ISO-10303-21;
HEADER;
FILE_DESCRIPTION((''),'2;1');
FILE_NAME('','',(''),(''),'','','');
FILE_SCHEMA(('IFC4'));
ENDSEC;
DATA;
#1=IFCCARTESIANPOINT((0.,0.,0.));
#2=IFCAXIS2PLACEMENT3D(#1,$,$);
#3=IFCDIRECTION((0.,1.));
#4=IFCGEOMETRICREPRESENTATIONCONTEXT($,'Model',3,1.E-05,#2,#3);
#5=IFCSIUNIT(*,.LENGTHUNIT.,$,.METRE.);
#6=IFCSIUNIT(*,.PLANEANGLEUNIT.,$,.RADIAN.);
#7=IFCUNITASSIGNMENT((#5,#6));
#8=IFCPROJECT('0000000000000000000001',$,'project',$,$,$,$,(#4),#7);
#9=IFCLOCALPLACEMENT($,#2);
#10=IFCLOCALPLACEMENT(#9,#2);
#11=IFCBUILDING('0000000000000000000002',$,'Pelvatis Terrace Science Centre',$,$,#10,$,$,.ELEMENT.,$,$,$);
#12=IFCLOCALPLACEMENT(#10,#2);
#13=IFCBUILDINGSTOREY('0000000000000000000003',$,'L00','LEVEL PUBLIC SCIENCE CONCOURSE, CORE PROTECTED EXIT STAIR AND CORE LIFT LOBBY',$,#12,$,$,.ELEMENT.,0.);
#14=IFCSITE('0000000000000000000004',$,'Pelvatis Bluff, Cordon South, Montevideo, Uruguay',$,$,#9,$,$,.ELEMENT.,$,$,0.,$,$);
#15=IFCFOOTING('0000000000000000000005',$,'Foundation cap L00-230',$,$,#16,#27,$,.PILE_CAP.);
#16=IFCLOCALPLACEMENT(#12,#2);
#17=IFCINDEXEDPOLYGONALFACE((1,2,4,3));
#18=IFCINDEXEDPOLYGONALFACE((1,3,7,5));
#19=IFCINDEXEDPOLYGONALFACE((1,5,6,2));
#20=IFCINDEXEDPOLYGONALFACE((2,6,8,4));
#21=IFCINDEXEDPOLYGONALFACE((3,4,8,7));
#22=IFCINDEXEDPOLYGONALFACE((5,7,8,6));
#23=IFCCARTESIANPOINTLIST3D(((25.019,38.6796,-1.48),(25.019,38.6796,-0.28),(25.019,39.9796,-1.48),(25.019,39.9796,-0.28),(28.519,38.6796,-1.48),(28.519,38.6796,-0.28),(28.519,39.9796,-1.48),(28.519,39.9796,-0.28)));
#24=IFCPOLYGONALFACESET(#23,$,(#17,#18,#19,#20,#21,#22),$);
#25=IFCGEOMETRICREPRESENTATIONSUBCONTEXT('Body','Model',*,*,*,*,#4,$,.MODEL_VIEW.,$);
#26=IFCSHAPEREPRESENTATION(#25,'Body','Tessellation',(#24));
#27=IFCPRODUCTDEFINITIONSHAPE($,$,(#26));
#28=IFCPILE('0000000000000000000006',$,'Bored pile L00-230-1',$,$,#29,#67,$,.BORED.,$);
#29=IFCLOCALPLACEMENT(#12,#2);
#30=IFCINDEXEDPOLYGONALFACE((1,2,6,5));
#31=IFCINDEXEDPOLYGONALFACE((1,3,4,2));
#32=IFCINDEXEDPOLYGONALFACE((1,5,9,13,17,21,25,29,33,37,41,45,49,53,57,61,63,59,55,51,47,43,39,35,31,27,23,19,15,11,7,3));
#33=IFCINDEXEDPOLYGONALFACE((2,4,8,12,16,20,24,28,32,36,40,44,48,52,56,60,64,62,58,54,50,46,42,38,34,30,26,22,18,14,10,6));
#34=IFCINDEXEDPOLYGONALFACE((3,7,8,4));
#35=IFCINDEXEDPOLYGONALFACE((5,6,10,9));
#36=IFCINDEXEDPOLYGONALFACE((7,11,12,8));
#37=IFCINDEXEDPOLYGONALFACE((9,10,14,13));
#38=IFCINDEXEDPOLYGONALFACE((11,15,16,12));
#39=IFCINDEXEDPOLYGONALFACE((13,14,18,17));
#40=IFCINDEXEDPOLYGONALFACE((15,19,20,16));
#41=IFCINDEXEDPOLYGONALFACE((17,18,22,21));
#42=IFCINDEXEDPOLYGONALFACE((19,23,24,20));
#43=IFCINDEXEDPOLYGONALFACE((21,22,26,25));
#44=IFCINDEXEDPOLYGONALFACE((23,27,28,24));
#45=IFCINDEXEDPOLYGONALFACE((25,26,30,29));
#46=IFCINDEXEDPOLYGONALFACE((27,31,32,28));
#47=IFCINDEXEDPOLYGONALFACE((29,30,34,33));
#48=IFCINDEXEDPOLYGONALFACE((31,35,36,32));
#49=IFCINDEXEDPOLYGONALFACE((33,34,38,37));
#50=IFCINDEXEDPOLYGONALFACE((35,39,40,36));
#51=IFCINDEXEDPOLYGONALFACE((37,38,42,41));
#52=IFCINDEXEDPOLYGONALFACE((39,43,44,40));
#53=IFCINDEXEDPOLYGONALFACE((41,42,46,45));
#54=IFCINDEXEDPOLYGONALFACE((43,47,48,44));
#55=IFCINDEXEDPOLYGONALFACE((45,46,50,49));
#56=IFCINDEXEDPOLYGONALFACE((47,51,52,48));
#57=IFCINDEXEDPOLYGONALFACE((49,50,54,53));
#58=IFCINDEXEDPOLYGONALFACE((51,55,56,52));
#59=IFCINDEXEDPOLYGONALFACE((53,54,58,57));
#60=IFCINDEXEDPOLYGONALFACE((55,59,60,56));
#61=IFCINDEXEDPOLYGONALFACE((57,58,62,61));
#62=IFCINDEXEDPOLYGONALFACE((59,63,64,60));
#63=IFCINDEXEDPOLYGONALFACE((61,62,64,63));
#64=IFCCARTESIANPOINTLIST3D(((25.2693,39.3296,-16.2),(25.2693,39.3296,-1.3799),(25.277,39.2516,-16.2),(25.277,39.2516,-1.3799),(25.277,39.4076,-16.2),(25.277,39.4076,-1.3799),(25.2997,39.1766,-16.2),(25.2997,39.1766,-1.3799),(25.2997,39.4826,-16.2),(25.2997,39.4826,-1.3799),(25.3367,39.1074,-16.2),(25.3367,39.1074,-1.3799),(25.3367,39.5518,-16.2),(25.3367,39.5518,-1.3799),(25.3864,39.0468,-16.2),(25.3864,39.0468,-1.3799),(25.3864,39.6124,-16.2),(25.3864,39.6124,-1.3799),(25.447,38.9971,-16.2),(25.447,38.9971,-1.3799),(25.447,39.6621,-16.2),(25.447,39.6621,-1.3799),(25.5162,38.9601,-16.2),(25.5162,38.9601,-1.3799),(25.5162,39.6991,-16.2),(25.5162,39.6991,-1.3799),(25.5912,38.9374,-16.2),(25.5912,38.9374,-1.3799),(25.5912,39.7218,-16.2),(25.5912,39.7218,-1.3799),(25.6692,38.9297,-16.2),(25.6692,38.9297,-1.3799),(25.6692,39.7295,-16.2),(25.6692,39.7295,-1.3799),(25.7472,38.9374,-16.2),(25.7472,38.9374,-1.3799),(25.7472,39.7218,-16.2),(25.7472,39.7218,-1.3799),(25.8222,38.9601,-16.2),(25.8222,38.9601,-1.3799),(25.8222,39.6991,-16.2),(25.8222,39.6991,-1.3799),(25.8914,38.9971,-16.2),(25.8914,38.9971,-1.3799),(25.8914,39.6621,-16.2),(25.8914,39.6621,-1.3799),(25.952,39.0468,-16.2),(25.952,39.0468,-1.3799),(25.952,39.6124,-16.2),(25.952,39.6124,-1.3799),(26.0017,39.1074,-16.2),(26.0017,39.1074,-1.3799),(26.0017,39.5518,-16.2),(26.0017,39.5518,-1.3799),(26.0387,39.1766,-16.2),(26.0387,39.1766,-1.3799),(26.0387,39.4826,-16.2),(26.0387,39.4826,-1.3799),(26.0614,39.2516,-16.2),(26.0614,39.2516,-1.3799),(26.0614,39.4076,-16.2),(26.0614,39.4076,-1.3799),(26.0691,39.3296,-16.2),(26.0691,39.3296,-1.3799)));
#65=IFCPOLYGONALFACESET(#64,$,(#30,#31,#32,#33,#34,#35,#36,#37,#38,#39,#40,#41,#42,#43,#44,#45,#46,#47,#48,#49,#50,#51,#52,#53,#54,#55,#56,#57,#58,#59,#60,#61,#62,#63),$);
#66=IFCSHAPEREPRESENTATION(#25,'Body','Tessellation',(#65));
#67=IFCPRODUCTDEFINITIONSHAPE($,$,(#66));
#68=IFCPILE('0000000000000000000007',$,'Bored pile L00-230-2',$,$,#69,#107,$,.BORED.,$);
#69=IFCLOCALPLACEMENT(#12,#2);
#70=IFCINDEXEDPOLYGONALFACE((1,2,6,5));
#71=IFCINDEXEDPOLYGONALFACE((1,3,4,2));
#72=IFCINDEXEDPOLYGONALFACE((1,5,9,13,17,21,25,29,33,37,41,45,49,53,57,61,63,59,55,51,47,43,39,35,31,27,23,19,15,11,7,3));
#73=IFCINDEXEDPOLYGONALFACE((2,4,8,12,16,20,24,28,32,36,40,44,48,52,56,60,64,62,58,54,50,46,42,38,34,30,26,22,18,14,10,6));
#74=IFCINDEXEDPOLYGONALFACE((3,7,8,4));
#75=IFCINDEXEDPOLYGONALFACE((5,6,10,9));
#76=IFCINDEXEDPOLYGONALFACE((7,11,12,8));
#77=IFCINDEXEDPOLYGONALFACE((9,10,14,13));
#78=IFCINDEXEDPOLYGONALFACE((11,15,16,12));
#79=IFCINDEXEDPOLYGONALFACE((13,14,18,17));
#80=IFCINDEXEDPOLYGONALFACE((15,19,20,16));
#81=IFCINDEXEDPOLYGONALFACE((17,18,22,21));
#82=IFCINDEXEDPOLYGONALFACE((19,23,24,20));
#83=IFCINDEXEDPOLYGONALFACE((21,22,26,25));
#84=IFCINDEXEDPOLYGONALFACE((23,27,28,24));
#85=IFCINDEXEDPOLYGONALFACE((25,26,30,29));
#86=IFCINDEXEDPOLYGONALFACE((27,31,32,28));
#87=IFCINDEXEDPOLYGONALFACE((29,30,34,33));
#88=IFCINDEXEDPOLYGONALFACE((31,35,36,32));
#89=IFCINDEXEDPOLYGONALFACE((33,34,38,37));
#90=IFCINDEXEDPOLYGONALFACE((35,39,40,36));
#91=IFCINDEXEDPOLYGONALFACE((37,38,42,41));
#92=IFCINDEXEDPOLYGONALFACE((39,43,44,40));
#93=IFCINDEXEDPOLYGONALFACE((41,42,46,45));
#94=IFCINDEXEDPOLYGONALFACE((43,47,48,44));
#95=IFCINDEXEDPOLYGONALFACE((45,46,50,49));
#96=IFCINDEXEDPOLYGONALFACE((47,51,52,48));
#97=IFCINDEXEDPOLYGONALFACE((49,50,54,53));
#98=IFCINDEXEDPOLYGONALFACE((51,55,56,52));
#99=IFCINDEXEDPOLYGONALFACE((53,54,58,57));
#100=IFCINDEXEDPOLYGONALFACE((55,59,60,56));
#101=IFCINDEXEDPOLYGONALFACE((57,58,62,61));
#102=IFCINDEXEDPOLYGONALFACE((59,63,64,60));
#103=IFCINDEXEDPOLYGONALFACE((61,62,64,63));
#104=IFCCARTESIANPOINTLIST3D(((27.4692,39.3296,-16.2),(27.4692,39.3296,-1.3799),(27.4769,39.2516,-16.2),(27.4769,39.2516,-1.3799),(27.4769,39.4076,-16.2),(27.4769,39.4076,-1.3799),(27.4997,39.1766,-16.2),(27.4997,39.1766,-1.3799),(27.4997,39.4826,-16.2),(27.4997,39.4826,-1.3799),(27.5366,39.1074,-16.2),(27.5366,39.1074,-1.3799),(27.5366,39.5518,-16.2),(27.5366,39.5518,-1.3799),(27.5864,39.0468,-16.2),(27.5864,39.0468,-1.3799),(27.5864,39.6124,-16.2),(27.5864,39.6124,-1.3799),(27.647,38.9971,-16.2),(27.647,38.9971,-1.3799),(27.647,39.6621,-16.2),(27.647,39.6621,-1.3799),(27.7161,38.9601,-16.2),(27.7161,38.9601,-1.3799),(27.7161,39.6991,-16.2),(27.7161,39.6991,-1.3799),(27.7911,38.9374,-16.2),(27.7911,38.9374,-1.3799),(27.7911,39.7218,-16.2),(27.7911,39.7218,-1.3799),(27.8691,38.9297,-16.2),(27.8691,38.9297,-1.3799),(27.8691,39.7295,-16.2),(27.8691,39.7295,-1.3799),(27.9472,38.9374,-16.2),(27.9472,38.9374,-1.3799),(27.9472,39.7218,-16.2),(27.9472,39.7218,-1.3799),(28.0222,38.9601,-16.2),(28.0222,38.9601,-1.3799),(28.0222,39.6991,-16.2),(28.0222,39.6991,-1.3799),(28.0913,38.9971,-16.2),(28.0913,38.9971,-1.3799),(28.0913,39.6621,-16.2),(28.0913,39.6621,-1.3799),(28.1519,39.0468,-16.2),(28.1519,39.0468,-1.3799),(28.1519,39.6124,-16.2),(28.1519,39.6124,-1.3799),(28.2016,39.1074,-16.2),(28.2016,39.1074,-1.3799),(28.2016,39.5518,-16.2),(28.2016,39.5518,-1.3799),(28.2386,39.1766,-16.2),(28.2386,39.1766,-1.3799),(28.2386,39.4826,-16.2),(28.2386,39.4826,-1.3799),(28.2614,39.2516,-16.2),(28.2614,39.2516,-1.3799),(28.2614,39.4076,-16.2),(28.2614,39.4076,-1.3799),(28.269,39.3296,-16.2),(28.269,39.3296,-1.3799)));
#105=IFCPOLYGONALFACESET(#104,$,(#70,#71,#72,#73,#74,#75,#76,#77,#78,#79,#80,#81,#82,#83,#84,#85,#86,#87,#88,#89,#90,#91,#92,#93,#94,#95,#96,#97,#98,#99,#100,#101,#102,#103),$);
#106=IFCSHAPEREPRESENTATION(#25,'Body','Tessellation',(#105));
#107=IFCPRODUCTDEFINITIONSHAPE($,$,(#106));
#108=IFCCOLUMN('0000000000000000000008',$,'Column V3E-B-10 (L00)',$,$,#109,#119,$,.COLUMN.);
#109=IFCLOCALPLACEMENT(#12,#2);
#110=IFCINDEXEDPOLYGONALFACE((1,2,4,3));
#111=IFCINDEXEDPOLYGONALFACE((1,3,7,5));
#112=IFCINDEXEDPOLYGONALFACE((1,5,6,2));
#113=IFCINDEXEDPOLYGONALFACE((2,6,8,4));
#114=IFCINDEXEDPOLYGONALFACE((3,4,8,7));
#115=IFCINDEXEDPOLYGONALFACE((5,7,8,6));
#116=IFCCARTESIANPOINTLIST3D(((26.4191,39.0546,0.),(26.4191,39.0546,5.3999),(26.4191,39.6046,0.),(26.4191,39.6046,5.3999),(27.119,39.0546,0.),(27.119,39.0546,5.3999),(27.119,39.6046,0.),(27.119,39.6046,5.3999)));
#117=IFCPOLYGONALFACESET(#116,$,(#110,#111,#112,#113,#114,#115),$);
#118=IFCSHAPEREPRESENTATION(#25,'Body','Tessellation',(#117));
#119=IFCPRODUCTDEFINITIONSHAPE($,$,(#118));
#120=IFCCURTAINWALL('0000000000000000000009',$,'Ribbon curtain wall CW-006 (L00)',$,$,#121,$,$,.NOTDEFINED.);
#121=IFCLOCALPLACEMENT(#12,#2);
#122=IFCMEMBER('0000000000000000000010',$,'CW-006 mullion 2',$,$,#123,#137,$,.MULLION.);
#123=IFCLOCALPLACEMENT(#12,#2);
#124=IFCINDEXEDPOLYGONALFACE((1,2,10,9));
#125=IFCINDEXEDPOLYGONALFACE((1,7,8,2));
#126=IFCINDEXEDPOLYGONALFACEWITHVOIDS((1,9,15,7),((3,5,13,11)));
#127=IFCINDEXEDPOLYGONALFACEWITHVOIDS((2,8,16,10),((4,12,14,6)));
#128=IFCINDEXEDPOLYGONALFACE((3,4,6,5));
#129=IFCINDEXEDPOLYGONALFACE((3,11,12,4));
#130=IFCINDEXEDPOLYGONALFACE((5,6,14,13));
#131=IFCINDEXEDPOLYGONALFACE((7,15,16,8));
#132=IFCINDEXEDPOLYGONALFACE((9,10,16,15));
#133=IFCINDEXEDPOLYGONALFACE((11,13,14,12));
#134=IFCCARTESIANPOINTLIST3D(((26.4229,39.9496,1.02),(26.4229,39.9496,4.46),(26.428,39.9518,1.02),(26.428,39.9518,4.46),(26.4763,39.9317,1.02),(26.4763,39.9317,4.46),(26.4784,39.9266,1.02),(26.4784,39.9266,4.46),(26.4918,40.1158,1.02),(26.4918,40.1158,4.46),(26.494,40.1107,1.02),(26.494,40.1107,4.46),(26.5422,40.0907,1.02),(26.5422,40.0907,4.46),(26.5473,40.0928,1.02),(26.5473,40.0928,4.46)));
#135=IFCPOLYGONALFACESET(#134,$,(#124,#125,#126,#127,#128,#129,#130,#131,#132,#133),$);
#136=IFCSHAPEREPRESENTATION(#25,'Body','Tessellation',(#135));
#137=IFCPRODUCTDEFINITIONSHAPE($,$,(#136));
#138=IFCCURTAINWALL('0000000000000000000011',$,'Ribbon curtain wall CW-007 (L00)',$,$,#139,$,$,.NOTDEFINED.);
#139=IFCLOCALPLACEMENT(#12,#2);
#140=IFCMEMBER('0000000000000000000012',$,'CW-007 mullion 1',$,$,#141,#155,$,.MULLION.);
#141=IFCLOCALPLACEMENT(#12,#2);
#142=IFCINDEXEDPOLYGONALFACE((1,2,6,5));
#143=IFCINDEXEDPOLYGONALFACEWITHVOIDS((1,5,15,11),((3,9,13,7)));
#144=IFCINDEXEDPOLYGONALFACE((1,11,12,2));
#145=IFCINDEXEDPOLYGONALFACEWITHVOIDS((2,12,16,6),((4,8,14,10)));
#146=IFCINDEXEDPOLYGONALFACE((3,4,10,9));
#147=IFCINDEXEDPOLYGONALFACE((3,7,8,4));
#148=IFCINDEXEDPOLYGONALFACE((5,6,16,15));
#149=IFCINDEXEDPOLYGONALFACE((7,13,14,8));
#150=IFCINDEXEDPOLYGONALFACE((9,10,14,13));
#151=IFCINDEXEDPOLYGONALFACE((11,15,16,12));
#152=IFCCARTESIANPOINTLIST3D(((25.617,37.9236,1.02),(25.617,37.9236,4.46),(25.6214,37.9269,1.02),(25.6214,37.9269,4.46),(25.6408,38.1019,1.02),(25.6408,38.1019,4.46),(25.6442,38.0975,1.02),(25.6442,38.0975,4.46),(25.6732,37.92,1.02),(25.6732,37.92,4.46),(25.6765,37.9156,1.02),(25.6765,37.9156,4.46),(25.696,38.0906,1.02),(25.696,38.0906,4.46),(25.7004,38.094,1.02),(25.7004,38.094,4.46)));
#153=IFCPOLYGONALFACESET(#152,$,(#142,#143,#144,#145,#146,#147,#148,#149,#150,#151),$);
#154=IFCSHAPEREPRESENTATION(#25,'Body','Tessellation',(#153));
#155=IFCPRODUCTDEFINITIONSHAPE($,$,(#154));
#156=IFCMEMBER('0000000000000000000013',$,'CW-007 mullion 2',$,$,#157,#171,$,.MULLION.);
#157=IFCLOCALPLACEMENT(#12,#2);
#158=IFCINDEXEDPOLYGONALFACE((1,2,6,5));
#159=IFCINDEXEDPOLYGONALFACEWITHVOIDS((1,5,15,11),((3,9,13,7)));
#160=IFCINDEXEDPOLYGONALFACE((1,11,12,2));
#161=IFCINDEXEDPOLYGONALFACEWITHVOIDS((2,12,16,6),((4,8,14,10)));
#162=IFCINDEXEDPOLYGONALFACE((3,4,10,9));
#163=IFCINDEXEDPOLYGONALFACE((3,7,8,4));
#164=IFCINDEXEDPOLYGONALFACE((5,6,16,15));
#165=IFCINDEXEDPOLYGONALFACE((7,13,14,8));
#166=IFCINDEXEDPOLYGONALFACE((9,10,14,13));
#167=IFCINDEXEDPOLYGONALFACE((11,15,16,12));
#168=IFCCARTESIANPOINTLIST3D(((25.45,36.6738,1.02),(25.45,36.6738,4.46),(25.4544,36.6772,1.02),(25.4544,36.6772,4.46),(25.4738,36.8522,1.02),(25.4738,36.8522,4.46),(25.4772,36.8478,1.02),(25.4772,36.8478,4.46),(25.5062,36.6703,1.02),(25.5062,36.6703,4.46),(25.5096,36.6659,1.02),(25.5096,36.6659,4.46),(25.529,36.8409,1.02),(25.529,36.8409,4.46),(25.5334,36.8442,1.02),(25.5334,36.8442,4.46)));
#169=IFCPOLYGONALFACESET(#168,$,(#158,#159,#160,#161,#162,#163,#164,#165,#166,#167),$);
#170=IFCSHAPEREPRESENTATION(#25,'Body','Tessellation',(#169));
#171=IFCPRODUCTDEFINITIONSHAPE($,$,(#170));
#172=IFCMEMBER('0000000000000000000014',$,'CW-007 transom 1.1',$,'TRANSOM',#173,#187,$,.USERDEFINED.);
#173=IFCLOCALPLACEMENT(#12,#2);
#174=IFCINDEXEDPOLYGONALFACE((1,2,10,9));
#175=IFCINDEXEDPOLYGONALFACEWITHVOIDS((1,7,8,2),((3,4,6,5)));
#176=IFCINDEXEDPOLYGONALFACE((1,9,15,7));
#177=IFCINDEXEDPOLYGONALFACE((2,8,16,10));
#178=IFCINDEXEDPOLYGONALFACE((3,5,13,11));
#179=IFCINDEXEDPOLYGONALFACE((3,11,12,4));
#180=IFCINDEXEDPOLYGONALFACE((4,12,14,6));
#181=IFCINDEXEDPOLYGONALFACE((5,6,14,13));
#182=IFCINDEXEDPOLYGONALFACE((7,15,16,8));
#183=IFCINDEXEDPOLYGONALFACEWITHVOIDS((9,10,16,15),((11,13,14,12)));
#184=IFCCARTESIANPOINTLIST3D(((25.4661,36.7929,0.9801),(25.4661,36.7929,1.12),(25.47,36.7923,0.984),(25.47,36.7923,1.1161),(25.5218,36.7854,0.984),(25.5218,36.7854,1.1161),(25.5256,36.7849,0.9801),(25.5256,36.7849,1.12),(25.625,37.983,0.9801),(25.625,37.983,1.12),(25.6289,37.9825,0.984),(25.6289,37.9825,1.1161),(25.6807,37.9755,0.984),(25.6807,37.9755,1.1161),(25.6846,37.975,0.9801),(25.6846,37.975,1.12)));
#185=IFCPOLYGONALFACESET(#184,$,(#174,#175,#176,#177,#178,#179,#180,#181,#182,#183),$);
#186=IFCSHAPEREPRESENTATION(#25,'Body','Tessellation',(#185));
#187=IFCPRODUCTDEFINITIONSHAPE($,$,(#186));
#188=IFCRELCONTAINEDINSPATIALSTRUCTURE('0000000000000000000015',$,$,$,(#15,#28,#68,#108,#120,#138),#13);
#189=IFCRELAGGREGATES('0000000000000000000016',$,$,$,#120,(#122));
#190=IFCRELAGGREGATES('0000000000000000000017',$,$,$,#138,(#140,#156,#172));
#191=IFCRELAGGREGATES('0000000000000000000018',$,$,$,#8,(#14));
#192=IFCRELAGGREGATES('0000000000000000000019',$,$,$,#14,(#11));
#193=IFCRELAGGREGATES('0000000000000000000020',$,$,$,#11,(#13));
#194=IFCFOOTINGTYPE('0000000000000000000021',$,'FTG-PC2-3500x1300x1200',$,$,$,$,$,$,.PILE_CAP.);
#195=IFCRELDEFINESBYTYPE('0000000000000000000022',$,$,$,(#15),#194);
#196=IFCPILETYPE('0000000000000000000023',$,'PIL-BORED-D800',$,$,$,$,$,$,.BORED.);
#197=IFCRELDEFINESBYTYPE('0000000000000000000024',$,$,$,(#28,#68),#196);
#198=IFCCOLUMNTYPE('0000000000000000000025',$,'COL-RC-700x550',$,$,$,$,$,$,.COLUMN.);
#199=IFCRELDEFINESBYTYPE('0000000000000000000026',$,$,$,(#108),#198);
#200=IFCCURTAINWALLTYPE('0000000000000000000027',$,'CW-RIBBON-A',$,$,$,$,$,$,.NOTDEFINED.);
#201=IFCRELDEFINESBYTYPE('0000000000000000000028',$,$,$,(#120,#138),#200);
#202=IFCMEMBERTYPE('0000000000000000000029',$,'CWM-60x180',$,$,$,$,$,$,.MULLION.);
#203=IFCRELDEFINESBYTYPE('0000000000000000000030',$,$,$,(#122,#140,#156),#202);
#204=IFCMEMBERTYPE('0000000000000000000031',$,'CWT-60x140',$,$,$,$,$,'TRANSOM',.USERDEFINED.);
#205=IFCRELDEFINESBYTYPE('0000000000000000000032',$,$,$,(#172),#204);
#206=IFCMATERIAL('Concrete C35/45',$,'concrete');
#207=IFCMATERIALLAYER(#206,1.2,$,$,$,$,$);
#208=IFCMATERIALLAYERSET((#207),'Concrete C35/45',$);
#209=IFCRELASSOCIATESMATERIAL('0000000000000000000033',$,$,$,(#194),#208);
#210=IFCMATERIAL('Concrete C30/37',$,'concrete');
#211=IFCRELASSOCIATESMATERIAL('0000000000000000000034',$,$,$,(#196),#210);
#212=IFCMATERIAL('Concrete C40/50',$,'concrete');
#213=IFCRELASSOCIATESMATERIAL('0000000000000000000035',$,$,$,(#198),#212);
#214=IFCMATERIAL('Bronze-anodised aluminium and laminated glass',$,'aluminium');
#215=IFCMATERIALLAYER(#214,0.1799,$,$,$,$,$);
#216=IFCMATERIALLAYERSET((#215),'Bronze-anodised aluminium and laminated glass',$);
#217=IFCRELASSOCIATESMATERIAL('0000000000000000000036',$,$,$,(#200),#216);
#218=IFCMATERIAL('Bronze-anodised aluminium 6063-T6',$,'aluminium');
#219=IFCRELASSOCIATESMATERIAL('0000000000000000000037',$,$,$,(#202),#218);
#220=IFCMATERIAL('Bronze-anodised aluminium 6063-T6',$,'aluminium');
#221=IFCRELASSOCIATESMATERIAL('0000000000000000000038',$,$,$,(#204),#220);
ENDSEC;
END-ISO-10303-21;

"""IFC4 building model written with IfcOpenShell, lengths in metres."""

from ifc_helpers import new_model, si_unit, direction, frame, origin, origin_2d, place, context, subcontext, project, spatial, rectangle, hollow_rectangle, circle, extrude, material, layer, layer_set, material_profile, profile_set, type_object, element, aggregate, save


model = new_model("IFC4")

# Units and contexts
model_context = context("Model", 3, precision=1e-05, world=origin(), true_north=direction((0.0, 1.0)))
body_context = subcontext(model_context, "Body", "Model", "MODEL_VIEW")
ifc_project = project(units=[si_unit("LENGTHUNIT", "METRE"), si_unit("PLANEANGLEUNIT", "RADIAN")], contexts=[model_context])

# Site, building, storey
site_placement = place(None, origin())
site = spatial("IfcSite", under=ifc_project, at=site_placement, Name="Pelvatis Bluff, Cordon South, Montevideo, Uruguay", CompositionType="ELEMENT", RefElevation=0.0)
building_placement = place(site_placement, origin())
building = spatial("IfcBuilding", under=site, at=building_placement, Name="Pelvatis Terrace Science Centre", CompositionType="ELEMENT")
storey_placement = place(building_placement, origin())
storey = spatial("IfcBuildingStorey", under=building, at=storey_placement, Name="L00", Description="LEVEL PUBLIC SCIENCE CONCOURSE, CORE PROTECTED EXIT STAIR AND CORE LIFT LOBBY", CompositionType="ELEMENT", Elevation=0.0)

# Footing
ifc_material_1 = material(Name="Concrete C35/45", Category="concrete")
ifc_layer_1 = layer(ifc_material_1, 1.2)
ifc_layer_set_1 = layer_set([ifc_layer_1], Name="Concrete C35/45")
footing_type = type_object("IfcFootingType", Name="FTG-PC2-3500x1300x1200", PredefinedType="PILE_CAP", material=ifc_layer_set_1)
footing_placement = place(storey_placement, frame((26.769, 39.3296, -1.48), z_axis=(0.0, 0.0, 1.0), x_axis=(1.0, 0.0, 0.0)))
element("IfcFooting", 1, at=footing_placement, inside=storey, type_object=footing_type, Name="Foundation cap L00-230", PredefinedType="PILE_CAP", context=body_context, shape_type="SweptSolid", body=[
    extrude(rectangle(XDim=3.5, YDim=1.3, at=origin_2d()), origin(), (0.0, 0.0, 1.0), 1.2),
])

# Piles
ifc_material_2 = material(Name="Concrete C30/37", Category="concrete")
ifc_material_profile_1 = material_profile(ifc_material_2, circle(Radius=0.3999, at=origin_2d()), Name="PILE D800")
ifc_profile_set_1 = profile_set([ifc_material_profile_1], Name="Concrete C30/37")
pile_type = type_object("IfcPileType", Name="PIL-BORED-D800", PredefinedType="BORED", material=ifc_profile_set_1)
for number, where, z_axis, x_axis, name in (
    (2, (25.6692, 39.3296, -1.3799), (0.0, 0.0, -1.0), (1.0, 0.0, 0.0), "Bored pile L00-230-1"),
    (3, (27.8691, 39.3296, -1.3799), (0.0, 0.0, -1.0), (1.0, 0.0, 0.0), "Bored pile L00-230-2"),
):
    element("IfcPile", number, at=place(storey_placement, frame(where, z_axis=z_axis, x_axis=x_axis)), inside=storey, type_object=pile_type, Name=name, PredefinedType="BORED", context=body_context, shape_type="SweptSolid", body=[
        extrude(circle(Radius=0.3999, at=origin_2d()), origin(), (0.0, 0.0, 1.0), 14.8201),
    ])

# Column
ifc_material_3 = material(Name="Concrete C40/50", Category="concrete")
ifc_material_profile_2 = material_profile(ifc_material_3, rectangle(XDim=0.7, YDim=0.55, at=origin_2d()), Name="RC-COL 700x550")
ifc_profile_set_2 = profile_set([ifc_material_profile_2], Name="Concrete C40/50")
column_type = type_object("IfcColumnType", Name="COL-RC-700x550", PredefinedType="COLUMN", material=ifc_profile_set_2)
column_placement = place(storey_placement, frame((26.769, 39.3296, 0.0), z_axis=(0.0, 0.0, 1.0), x_axis=(1.0, 0.0, 0.0)))
element("IfcColumn", 4, at=column_placement, inside=storey, type_object=column_type, Name="Column V3E-B-10 (L00)", PredefinedType="COLUMN", context=body_context, shape_type="SweptSolid", body=[
    extrude(rectangle(XDim=0.7, YDim=0.55, at=origin_2d()), origin(), (0.0, 0.0, 1.0), 5.3999),
])

# Curtain wall, member
ifc_material_4 = material(Name="Bronze-anodised aluminium and laminated glass", Category="aluminium")
ifc_layer_2 = layer(ifc_material_4, 0.1799)
ifc_layer_set_2 = layer_set([ifc_layer_2], Name="Bronze-anodised aluminium and laminated glass")
curtain_wall_type = type_object("IfcCurtainWallType", Name="CW-RIBBON-A", PredefinedType="NOTDEFINED", material=ifc_layer_set_2)
curtain_wall_1_placement = place(storey_placement, origin())
curtain_wall_1 = element("IfcCurtainWall", 5, at=curtain_wall_1_placement, inside=storey, type_object=curtain_wall_type, Name="Ribbon curtain wall CW-006 (L00)", PredefinedType="NOTDEFINED")
ifc_material_5 = material(Name="Bronze-anodised aluminium 6063-T6", Category="aluminium")
ifc_material_profile_3 = material_profile(ifc_material_5, hollow_rectangle(XDim=0.0601, YDim=0.1799, WallThickness=0.0039, at=origin_2d()), Name="ALU-MUL 60x180")
ifc_profile_set_3 = profile_set([ifc_material_profile_3], Name="Bronze-anodised aluminium 6063-T6")
member_type_1 = type_object("IfcMemberType", Name="CWM-60x180", PredefinedType="MULLION", material=ifc_profile_set_3)
member_1_placement = place(storey_placement, frame((26.4851, 40.0212, 1.02), z_axis=(0.0, 0.0, 1.0), x_axis=(0.923674, -0.38318, 0.0)))
member_1 = element("IfcMember", 6, at=member_1_placement, type_object=member_type_1, Name="CW-006 mullion 2", PredefinedType="MULLION", context=body_context, shape_type="SweptSolid", body=[
    extrude(hollow_rectangle(XDim=0.0601, YDim=0.1799, WallThickness=0.0039, at=origin_2d()), origin(), (0.0, 0.0, 1.0), 3.4399),
])

# Curtain wall, members
curtain_wall_2_placement = place(storey_placement, origin())
curtain_wall_2 = element("IfcCurtainWall", 7, at=curtain_wall_2_placement, inside=storey, type_object=curtain_wall_type, Name="Ribbon curtain wall CW-007 (L00)", PredefinedType="NOTDEFINED")
member_2_placement = place(storey_placement, frame((25.6587, 38.0088, 1.02), z_axis=(0.0, 0.0, 1.0), x_axis=(0.991197, -0.132392, 0.0)))
member_2 = element("IfcMember", 8, at=member_2_placement, type_object=member_type_1, Name="CW-007 mullion 1", PredefinedType="MULLION", context=body_context, shape_type="SweptSolid", body=[
    extrude(hollow_rectangle(XDim=0.0601, YDim=0.1799, WallThickness=0.0039, at=origin_2d()), origin(), (0.0, 0.0, 1.0), 3.4399),
])
member_3_placement = place(storey_placement, frame((25.4917, 36.759, 1.02), z_axis=(0.0, 0.0, 1.0), x_axis=(0.991197, -0.132392, 0.0)))
member_3 = element("IfcMember", 9, at=member_3_placement, type_object=member_type_1, Name="CW-007 mullion 2", PredefinedType="MULLION", context=body_context, shape_type="SweptSolid", body=[
    extrude(hollow_rectangle(XDim=0.0601, YDim=0.1799, WallThickness=0.0039, at=origin_2d()), origin(), (0.0, 0.0, 1.0), 3.4399),
])
ifc_material_6 = material(Name="Bronze-anodised aluminium 6063-T6", Category="aluminium")
ifc_material_profile_4 = material_profile(ifc_material_6, hollow_rectangle(XDim=0.0601, YDim=0.1399, WallThickness=0.0039, at=origin_2d()), Name="ALU-TRN 60x140")
ifc_profile_set_4 = profile_set([ifc_material_profile_4], Name="Bronze-anodised aluminium 6063-T6")
member_type_2 = type_object("IfcMemberType", Name="CWT-60x140", ElementType="TRANSOM", PredefinedType="USERDEFINED", material=ifc_profile_set_4)
member_4_placement = place(storey_placement, frame((25.6548, 37.979, 1.05), z_axis=(-0.132363, -0.991201, 0.0), x_axis=(0.991201, -0.132363, 0.0)))
member_4 = element("IfcMember", 10, at=member_4_placement, type_object=member_type_2, Name="CW-007 transom 1.1", ObjectType="TRANSOM", PredefinedType="USERDEFINED", context=body_context, shape_type="SweptSolid", body=[
    extrude(hollow_rectangle(XDim=0.0601, YDim=0.1399, WallThickness=0.0039, at=origin_2d()), origin(), (0.0, 0.0, 1.0), 1.2007),
])

aggregate(curtain_wall_1, [member_1])
aggregate(curtain_wall_2, [member_2, member_3, member_4])

save(model, "model.ifc")
